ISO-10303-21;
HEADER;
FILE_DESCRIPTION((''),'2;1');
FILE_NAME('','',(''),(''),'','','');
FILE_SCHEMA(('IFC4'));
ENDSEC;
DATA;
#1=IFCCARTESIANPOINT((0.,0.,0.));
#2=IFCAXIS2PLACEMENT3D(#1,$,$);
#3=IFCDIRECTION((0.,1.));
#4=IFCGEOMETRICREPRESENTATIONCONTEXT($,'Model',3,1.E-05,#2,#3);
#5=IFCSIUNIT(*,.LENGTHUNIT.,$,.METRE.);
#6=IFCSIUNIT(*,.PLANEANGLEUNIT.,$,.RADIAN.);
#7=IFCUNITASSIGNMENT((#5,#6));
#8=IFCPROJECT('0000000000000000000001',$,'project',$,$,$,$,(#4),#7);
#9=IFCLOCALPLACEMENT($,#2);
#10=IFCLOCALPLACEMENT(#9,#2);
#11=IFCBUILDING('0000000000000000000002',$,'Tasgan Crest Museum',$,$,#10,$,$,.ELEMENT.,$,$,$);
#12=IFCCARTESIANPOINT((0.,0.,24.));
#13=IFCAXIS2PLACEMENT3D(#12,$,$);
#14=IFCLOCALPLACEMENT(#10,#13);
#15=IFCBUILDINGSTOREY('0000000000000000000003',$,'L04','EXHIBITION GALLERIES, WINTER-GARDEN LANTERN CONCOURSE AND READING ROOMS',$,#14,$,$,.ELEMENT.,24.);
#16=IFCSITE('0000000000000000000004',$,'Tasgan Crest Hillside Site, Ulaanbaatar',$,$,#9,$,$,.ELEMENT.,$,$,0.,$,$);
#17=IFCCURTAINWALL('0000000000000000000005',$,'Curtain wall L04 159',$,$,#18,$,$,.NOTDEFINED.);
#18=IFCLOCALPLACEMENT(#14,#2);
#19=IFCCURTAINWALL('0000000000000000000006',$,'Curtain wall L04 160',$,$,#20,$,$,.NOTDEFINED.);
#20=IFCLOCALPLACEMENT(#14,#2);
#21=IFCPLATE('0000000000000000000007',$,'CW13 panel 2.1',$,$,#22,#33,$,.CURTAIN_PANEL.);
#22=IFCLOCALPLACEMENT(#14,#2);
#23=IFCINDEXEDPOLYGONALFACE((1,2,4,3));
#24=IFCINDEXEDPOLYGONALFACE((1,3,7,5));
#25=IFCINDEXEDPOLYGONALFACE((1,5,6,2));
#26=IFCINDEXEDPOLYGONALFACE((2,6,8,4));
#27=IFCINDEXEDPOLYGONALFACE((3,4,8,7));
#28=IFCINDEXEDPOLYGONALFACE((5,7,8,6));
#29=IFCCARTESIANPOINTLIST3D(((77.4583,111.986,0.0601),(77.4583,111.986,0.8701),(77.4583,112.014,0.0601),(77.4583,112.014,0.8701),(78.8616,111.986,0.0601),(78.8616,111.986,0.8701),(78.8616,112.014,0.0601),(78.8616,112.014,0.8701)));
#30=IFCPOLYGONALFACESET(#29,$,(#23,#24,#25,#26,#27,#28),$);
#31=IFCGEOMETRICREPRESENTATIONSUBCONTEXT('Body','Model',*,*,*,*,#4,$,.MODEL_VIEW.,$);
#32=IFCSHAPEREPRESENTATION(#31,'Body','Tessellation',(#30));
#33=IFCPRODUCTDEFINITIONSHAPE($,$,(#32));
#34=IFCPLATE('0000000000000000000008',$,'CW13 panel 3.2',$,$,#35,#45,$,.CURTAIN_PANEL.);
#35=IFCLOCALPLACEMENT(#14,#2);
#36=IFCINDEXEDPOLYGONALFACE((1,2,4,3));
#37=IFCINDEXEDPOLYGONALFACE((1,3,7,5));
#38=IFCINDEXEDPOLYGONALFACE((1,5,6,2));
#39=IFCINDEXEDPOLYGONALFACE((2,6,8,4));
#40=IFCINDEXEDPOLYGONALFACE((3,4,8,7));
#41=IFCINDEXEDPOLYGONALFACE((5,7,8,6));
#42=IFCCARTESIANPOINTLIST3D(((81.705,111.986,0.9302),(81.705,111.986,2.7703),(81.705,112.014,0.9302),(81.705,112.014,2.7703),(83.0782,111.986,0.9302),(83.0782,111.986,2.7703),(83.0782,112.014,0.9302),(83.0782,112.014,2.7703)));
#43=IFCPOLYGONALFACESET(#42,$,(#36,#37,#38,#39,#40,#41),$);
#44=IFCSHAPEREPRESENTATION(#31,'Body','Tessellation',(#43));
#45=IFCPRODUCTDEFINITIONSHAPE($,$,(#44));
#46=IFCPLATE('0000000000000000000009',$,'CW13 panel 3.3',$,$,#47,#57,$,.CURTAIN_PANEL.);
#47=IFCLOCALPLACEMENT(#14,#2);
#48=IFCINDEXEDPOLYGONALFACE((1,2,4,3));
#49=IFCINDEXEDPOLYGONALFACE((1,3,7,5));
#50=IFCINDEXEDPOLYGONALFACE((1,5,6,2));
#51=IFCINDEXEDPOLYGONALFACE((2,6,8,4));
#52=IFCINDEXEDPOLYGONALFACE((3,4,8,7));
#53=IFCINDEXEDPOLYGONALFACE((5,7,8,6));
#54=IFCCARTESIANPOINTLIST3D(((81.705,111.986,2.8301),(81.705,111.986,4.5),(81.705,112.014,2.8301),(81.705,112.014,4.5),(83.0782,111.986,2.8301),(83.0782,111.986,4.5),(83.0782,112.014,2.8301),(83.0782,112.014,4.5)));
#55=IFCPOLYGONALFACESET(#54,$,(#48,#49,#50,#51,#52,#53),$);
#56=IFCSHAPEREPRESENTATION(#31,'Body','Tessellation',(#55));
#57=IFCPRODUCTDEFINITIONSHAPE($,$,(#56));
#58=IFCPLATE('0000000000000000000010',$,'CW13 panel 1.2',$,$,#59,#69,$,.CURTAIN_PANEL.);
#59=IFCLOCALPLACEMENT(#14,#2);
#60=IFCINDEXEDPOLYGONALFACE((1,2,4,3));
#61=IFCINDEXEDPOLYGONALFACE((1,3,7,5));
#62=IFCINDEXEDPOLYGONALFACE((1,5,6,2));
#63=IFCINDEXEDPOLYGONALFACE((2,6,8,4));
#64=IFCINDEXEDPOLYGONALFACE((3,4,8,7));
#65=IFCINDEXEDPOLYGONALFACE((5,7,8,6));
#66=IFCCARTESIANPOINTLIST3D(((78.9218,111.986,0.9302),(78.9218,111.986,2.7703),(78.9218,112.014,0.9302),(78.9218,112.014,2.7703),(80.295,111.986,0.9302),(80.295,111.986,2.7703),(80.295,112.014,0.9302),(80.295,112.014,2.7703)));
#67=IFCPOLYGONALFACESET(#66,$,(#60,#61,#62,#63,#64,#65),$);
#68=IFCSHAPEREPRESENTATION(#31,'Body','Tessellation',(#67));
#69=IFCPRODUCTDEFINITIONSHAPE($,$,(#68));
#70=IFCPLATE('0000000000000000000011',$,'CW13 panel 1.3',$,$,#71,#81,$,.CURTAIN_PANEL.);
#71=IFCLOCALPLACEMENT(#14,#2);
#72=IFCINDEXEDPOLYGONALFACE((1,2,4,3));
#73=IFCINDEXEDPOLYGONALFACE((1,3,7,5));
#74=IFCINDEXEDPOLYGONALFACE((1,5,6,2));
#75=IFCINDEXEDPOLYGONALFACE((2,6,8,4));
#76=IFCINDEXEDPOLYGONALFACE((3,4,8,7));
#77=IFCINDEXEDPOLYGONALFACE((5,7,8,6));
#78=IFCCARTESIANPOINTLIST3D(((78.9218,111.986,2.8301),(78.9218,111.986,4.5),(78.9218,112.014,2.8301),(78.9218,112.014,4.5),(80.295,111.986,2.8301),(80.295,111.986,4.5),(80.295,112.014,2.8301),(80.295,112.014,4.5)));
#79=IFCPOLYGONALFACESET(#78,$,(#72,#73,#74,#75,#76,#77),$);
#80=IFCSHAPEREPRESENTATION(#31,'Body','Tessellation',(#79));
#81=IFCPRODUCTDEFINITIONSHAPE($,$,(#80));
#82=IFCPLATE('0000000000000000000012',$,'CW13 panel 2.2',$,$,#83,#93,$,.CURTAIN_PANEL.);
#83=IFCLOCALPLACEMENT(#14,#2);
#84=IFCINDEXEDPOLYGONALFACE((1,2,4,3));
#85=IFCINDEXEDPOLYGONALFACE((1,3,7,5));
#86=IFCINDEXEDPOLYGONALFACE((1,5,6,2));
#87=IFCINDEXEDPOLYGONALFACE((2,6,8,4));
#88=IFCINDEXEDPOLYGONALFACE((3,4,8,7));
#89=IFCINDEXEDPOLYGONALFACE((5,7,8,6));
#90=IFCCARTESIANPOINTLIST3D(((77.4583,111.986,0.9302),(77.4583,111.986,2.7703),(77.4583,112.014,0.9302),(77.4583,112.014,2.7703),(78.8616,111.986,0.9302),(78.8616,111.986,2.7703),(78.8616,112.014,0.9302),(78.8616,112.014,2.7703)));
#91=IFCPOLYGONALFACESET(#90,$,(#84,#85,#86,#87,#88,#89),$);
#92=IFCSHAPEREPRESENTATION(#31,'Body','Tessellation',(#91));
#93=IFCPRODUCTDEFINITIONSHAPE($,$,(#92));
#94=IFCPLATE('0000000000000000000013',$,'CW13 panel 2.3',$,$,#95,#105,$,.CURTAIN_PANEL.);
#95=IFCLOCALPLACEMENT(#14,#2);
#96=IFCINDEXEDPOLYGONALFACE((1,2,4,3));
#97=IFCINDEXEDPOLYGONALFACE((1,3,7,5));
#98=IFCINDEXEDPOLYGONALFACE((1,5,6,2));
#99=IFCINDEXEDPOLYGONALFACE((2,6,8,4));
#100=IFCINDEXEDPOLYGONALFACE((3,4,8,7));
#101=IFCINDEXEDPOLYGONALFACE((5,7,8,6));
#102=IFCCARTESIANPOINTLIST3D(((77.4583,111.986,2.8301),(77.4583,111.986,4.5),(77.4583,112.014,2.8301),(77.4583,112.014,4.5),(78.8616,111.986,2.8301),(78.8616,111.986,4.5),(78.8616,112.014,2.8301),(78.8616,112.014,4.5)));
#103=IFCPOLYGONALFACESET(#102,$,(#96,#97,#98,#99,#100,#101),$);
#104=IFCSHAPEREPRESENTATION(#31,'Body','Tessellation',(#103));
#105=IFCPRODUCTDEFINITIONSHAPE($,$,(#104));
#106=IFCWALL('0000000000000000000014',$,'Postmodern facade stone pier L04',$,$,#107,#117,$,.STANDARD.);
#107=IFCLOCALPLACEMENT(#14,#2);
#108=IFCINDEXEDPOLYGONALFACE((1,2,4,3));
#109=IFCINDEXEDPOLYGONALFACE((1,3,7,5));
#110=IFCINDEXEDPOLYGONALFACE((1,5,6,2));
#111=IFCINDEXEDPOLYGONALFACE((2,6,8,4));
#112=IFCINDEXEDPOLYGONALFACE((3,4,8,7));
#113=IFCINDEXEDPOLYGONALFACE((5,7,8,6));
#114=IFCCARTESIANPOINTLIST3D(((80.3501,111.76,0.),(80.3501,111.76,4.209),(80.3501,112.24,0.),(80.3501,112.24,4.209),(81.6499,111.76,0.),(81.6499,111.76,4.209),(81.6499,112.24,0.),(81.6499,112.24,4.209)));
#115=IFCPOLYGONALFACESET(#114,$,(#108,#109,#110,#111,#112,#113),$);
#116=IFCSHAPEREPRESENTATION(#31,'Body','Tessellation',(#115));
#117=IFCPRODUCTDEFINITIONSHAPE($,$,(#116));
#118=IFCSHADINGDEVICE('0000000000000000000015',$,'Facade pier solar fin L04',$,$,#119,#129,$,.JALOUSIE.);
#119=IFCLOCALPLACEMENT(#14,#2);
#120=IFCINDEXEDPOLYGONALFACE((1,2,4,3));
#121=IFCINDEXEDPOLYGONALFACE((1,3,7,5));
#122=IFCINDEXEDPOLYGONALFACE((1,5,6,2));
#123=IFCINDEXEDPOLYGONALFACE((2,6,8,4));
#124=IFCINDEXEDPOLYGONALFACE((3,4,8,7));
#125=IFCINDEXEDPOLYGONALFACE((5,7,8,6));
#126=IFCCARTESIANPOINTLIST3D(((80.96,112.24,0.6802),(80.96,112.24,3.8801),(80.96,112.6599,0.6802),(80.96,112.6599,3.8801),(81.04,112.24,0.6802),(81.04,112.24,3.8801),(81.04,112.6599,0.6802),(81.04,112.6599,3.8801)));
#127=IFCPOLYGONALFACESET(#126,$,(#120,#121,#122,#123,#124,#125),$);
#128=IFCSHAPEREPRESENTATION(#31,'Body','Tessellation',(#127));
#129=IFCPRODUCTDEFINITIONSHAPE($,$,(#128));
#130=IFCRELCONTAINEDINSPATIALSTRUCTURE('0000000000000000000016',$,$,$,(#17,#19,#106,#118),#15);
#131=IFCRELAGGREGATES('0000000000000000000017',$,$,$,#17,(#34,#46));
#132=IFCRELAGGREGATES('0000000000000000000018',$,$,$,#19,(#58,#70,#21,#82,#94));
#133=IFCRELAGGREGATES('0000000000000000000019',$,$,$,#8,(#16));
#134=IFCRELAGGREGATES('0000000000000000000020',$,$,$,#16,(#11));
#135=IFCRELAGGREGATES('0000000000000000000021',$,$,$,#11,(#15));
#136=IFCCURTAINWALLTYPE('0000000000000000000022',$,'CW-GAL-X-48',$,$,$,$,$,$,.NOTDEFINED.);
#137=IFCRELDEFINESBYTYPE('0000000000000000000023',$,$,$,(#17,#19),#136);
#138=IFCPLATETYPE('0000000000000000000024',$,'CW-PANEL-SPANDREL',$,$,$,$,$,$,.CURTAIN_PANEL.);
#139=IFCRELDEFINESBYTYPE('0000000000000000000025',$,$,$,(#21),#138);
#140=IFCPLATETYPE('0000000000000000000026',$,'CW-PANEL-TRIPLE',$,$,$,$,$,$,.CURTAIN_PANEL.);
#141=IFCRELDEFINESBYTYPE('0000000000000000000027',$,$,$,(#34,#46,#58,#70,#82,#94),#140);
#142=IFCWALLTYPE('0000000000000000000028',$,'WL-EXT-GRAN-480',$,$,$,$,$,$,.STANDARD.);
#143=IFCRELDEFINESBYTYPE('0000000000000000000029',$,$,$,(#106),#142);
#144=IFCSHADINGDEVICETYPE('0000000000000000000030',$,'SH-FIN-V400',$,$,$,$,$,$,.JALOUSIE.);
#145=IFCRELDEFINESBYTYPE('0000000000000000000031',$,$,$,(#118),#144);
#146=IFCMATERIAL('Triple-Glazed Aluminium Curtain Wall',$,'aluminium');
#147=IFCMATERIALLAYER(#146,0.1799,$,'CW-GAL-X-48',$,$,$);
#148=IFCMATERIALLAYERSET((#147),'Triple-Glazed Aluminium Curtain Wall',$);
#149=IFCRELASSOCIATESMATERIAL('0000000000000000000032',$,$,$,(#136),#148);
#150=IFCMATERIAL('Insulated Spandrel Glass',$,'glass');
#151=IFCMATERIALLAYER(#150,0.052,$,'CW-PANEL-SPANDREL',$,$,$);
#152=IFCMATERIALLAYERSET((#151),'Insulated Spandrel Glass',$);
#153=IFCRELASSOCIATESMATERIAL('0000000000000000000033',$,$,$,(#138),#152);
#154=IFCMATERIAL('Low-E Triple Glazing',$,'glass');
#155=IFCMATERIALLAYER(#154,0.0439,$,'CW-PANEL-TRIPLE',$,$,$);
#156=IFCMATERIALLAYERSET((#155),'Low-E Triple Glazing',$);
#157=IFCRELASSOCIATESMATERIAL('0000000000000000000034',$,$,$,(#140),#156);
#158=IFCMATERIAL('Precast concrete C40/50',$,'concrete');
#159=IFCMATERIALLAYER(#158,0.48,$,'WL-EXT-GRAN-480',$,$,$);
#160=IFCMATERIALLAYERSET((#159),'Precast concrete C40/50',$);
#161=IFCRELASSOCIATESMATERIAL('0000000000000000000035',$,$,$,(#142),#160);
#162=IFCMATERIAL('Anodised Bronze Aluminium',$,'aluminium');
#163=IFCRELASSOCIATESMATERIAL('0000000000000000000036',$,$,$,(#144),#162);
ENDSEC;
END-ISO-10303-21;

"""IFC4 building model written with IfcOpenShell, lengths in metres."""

from ifc_helpers import new_model, si_unit, direction, frame, frame_2d, origin, origin_2d, place, context, subcontext, project, spatial, rectangle, extrude, material, layer, layer_set, type_object, element, aggregate, save


model = new_model("IFC4")

# Units and contexts
model_context = context("Model", 3, precision=1e-05, world=origin(), true_north=direction((0.0, 1.0)))
body_context = subcontext(model_context, "Body", "Model", "MODEL_VIEW")
ifc_project = project(units=[si_unit("LENGTHUNIT", "METRE"), si_unit("PLANEANGLEUNIT", "RADIAN")], contexts=[model_context])

# Site, building, storey
site_placement = place(None, origin())
site = spatial("IfcSite", under=ifc_project, at=site_placement, Name="Tasgan Crest Hillside Site, Ulaanbaatar", CompositionType="ELEMENT", RefElevation=0.0)
building_placement = place(site_placement, origin())
building = spatial("IfcBuilding", under=site, at=building_placement, Name="Tasgan Crest Museum", CompositionType="ELEMENT")
storey_placement = place(building_placement, frame((0.0, 0.0, 24.0)))
storey = spatial("IfcBuildingStorey", under=building, at=storey_placement, Name="L04", Description="EXHIBITION GALLERIES, WINTER-GARDEN LANTERN CONCOURSE AND READING ROOMS", CompositionType="ELEMENT", Elevation=24.0)

# Curtain wall
ifc_material_1 = material(Name="Triple-Glazed Aluminium Curtain Wall", Category="aluminium")
ifc_layer_1 = layer(ifc_material_1, 0.1799, Name="CW-GAL-X-48")
ifc_layer_set_1 = layer_set([ifc_layer_1], Name="Triple-Glazed Aluminium Curtain Wall")
curtain_wall_type = type_object("IfcCurtainWallType", Name="CW-GAL-X-48", PredefinedType="NOTDEFINED", material=ifc_layer_set_1)
curtain_wall_1_placement = place(storey_placement, origin())
curtain_wall_1 = element("IfcCurtainWall", 1, at=curtain_wall_1_placement, inside=storey, type_object=curtain_wall_type, Name="Curtain wall L04 159", PredefinedType="NOTDEFINED")

# Curtain wall
curtain_wall_2_placement = place(storey_placement, origin())
curtain_wall_2 = element("IfcCurtainWall", 2, at=curtain_wall_2_placement, inside=storey, type_object=curtain_wall_type, Name="Curtain wall L04 160", PredefinedType="NOTDEFINED")

# Plates
ifc_material_2 = material(Name="Insulated Spandrel Glass", Category="glass")
ifc_layer_2 = layer(ifc_material_2, 0.052, Name="CW-PANEL-SPANDREL")
ifc_layer_set_2 = layer_set([ifc_layer_2], Name="Insulated Spandrel Glass")
plate_type_1 = type_object("IfcPlateType", Name="CW-PANEL-SPANDREL", PredefinedType="CURTAIN_PANEL", material=ifc_layer_set_2)
plate_1_placement = place(storey_placement, frame((78.1599, 112.0, 0.0601), z_axis=(0.0, 0.0, 1.0), x_axis=(-1.0, 0.0, 0.0)))
plate_1 = element("IfcPlate", 3, at=plate_1_placement, type_object=plate_type_1, Name="CW13 panel 2.1", PredefinedType="CURTAIN_PANEL", context=body_context, shape_type="SweptSolid", body=[
    extrude(rectangle(XDim=1.4033, YDim=0.0281, at=origin_2d()), origin(), (0.0, 0.0, 1.0), 0.8101),
])
ifc_material_3 = material(Name="Low-E Triple Glazing", Category="glass")
ifc_layer_3 = layer(ifc_material_3, 0.0439, Name="CW-PANEL-TRIPLE")
ifc_layer_set_3 = layer_set([ifc_layer_3], Name="Low-E Triple Glazing")
plate_type_2 = type_object("IfcPlateType", Name="CW-PANEL-TRIPLE", PredefinedType="CURTAIN_PANEL", material=ifc_layer_set_3)
plate_2_placement = place(storey_placement, frame((82.3916, 112.0, 0.9302), z_axis=(0.0, 0.0, 1.0), x_axis=(-1.0, 0.0, 0.0)))
plate_2 = element("IfcPlate", 4, at=plate_2_placement, type_object=plate_type_2, Name="CW13 panel 3.2", PredefinedType="CURTAIN_PANEL", context=body_context, shape_type="SweptSolid", body=[
    extrude(rectangle(XDim=1.3733, YDim=0.0281, at=origin_2d()), origin(), (0.0, 0.0, 1.0), 1.8401),
])
plate_3_placement = place(storey_placement, frame((82.3916, 112.0, 2.8301), z_axis=(0.0, 0.0, 1.0), x_axis=(-1.0, 0.0, 0.0)))
plate_3 = element("IfcPlate", 5, at=plate_3_placement, type_object=plate_type_2, Name="CW13 panel 3.3", PredefinedType="CURTAIN_PANEL", context=body_context, shape_type="SweptSolid", body=[
    extrude(rectangle(XDim=1.3733, YDim=0.0281, at=origin_2d()), origin(), (0.0, 0.0, 1.0), 1.6699),
])
aggregate(curtain_wall_1, [plate_2, plate_3])
plate_4_placement = place(storey_placement, frame((79.6084, 112.0, 0.9302), z_axis=(0.0, 0.0, 1.0), x_axis=(-1.0, 0.0, 0.0)))
plate_4 = element("IfcPlate", 6, at=plate_4_placement, type_object=plate_type_2, Name="CW13 panel 1.2", PredefinedType="CURTAIN_PANEL", context=body_context, shape_type="SweptSolid", body=[
    extrude(rectangle(XDim=1.3733, YDim=0.0281, at=origin_2d()), origin(), (0.0, 0.0, 1.0), 1.8401),
])
plate_5_placement = place(storey_placement, frame((79.6084, 112.0, 2.8301), z_axis=(0.0, 0.0, 1.0), x_axis=(-1.0, 0.0, 0.0)))
plate_5 = element("IfcPlate", 7, at=plate_5_placement, type_object=plate_type_2, Name="CW13 panel 1.3", PredefinedType="CURTAIN_PANEL", context=body_context, shape_type="SweptSolid", body=[
    extrude(rectangle(XDim=1.3733, YDim=0.0281, at=origin_2d()), origin(), (0.0, 0.0, 1.0), 1.6699),
])
plate_6_placement = place(storey_placement, frame((78.1599, 112.0, 0.9302), z_axis=(0.0, 0.0, 1.0), x_axis=(-1.0, 0.0, 0.0)))
plate_6 = element("IfcPlate", 8, at=plate_6_placement, type_object=plate_type_2, Name="CW13 panel 2.2", PredefinedType="CURTAIN_PANEL", context=body_context, shape_type="SweptSolid", body=[
    extrude(rectangle(XDim=1.4033, YDim=0.0281, at=origin_2d()), origin(), (0.0, 0.0, 1.0), 1.8401),
])
plate_7_placement = place(storey_placement, frame((78.1599, 112.0, 2.8301), z_axis=(0.0, 0.0, 1.0), x_axis=(-1.0, 0.0, 0.0)))
plate_7 = element("IfcPlate", 9, at=plate_7_placement, type_object=plate_type_2, Name="CW13 panel 2.3", PredefinedType="CURTAIN_PANEL", context=body_context, shape_type="SweptSolid", body=[
    extrude(rectangle(XDim=1.4033, YDim=0.0281, at=origin_2d()), origin(), (0.0, 0.0, 1.0), 1.6699),
])
aggregate(curtain_wall_2, [plate_4, plate_5, plate_1, plate_6, plate_7])

# Wall
ifc_material_4 = material(Name="Precast concrete C40/50", Category="concrete")
ifc_layer_4 = layer(ifc_material_4, 0.48, Name="WL-EXT-GRAN-480")
ifc_layer_set_4 = layer_set([ifc_layer_4], Name="Precast concrete C40/50")
wall_type = type_object("IfcWallType", Name="WL-EXT-GRAN-480", PredefinedType="STANDARD", material=ifc_layer_set_4)
wall_placement = place(storey_placement, frame((81.6499, 112.0, 0.0), z_axis=(0.0, 0.0, 1.0), x_axis=(-1.0, 0.0, 0.0)))
element("IfcWall", 10, at=wall_placement, inside=storey, type_object=wall_type, Name="Postmodern facade stone pier L04", PredefinedType="STANDARD", context=body_context, shape_type="SweptSolid", body=[
    extrude(rectangle(XDim=1.2998, YDim=0.48, at=frame_2d((0.6499, 0.0))), origin(), (0.0, 0.0, 1.0), 4.209),
])

# Shading device
ifc_material_5 = material(Name="Anodised Bronze Aluminium", Category="aluminium")
shading_device_type = type_object("IfcShadingDeviceType", Name="SH-FIN-V400", PredefinedType="JALOUSIE", material=ifc_material_5)
shading_device_placement = place(storey_placement, frame((81.0, 112.45, 0.6802), z_axis=(0.0, 0.0, 1.0), x_axis=(-1.0, 0.0, 0.0)))
element("IfcShadingDevice", 11, at=shading_device_placement, inside=storey, type_object=shading_device_type, Name="Facade pier solar fin L04", PredefinedType="JALOUSIE", context=body_context, shape_type="SweptSolid", body=[
    extrude(rectangle(XDim=0.0801, YDim=0.4199, at=origin_2d()), origin(), (0.0, 0.0, 1.0), 3.2),
])

save(model, "model.ifc")
